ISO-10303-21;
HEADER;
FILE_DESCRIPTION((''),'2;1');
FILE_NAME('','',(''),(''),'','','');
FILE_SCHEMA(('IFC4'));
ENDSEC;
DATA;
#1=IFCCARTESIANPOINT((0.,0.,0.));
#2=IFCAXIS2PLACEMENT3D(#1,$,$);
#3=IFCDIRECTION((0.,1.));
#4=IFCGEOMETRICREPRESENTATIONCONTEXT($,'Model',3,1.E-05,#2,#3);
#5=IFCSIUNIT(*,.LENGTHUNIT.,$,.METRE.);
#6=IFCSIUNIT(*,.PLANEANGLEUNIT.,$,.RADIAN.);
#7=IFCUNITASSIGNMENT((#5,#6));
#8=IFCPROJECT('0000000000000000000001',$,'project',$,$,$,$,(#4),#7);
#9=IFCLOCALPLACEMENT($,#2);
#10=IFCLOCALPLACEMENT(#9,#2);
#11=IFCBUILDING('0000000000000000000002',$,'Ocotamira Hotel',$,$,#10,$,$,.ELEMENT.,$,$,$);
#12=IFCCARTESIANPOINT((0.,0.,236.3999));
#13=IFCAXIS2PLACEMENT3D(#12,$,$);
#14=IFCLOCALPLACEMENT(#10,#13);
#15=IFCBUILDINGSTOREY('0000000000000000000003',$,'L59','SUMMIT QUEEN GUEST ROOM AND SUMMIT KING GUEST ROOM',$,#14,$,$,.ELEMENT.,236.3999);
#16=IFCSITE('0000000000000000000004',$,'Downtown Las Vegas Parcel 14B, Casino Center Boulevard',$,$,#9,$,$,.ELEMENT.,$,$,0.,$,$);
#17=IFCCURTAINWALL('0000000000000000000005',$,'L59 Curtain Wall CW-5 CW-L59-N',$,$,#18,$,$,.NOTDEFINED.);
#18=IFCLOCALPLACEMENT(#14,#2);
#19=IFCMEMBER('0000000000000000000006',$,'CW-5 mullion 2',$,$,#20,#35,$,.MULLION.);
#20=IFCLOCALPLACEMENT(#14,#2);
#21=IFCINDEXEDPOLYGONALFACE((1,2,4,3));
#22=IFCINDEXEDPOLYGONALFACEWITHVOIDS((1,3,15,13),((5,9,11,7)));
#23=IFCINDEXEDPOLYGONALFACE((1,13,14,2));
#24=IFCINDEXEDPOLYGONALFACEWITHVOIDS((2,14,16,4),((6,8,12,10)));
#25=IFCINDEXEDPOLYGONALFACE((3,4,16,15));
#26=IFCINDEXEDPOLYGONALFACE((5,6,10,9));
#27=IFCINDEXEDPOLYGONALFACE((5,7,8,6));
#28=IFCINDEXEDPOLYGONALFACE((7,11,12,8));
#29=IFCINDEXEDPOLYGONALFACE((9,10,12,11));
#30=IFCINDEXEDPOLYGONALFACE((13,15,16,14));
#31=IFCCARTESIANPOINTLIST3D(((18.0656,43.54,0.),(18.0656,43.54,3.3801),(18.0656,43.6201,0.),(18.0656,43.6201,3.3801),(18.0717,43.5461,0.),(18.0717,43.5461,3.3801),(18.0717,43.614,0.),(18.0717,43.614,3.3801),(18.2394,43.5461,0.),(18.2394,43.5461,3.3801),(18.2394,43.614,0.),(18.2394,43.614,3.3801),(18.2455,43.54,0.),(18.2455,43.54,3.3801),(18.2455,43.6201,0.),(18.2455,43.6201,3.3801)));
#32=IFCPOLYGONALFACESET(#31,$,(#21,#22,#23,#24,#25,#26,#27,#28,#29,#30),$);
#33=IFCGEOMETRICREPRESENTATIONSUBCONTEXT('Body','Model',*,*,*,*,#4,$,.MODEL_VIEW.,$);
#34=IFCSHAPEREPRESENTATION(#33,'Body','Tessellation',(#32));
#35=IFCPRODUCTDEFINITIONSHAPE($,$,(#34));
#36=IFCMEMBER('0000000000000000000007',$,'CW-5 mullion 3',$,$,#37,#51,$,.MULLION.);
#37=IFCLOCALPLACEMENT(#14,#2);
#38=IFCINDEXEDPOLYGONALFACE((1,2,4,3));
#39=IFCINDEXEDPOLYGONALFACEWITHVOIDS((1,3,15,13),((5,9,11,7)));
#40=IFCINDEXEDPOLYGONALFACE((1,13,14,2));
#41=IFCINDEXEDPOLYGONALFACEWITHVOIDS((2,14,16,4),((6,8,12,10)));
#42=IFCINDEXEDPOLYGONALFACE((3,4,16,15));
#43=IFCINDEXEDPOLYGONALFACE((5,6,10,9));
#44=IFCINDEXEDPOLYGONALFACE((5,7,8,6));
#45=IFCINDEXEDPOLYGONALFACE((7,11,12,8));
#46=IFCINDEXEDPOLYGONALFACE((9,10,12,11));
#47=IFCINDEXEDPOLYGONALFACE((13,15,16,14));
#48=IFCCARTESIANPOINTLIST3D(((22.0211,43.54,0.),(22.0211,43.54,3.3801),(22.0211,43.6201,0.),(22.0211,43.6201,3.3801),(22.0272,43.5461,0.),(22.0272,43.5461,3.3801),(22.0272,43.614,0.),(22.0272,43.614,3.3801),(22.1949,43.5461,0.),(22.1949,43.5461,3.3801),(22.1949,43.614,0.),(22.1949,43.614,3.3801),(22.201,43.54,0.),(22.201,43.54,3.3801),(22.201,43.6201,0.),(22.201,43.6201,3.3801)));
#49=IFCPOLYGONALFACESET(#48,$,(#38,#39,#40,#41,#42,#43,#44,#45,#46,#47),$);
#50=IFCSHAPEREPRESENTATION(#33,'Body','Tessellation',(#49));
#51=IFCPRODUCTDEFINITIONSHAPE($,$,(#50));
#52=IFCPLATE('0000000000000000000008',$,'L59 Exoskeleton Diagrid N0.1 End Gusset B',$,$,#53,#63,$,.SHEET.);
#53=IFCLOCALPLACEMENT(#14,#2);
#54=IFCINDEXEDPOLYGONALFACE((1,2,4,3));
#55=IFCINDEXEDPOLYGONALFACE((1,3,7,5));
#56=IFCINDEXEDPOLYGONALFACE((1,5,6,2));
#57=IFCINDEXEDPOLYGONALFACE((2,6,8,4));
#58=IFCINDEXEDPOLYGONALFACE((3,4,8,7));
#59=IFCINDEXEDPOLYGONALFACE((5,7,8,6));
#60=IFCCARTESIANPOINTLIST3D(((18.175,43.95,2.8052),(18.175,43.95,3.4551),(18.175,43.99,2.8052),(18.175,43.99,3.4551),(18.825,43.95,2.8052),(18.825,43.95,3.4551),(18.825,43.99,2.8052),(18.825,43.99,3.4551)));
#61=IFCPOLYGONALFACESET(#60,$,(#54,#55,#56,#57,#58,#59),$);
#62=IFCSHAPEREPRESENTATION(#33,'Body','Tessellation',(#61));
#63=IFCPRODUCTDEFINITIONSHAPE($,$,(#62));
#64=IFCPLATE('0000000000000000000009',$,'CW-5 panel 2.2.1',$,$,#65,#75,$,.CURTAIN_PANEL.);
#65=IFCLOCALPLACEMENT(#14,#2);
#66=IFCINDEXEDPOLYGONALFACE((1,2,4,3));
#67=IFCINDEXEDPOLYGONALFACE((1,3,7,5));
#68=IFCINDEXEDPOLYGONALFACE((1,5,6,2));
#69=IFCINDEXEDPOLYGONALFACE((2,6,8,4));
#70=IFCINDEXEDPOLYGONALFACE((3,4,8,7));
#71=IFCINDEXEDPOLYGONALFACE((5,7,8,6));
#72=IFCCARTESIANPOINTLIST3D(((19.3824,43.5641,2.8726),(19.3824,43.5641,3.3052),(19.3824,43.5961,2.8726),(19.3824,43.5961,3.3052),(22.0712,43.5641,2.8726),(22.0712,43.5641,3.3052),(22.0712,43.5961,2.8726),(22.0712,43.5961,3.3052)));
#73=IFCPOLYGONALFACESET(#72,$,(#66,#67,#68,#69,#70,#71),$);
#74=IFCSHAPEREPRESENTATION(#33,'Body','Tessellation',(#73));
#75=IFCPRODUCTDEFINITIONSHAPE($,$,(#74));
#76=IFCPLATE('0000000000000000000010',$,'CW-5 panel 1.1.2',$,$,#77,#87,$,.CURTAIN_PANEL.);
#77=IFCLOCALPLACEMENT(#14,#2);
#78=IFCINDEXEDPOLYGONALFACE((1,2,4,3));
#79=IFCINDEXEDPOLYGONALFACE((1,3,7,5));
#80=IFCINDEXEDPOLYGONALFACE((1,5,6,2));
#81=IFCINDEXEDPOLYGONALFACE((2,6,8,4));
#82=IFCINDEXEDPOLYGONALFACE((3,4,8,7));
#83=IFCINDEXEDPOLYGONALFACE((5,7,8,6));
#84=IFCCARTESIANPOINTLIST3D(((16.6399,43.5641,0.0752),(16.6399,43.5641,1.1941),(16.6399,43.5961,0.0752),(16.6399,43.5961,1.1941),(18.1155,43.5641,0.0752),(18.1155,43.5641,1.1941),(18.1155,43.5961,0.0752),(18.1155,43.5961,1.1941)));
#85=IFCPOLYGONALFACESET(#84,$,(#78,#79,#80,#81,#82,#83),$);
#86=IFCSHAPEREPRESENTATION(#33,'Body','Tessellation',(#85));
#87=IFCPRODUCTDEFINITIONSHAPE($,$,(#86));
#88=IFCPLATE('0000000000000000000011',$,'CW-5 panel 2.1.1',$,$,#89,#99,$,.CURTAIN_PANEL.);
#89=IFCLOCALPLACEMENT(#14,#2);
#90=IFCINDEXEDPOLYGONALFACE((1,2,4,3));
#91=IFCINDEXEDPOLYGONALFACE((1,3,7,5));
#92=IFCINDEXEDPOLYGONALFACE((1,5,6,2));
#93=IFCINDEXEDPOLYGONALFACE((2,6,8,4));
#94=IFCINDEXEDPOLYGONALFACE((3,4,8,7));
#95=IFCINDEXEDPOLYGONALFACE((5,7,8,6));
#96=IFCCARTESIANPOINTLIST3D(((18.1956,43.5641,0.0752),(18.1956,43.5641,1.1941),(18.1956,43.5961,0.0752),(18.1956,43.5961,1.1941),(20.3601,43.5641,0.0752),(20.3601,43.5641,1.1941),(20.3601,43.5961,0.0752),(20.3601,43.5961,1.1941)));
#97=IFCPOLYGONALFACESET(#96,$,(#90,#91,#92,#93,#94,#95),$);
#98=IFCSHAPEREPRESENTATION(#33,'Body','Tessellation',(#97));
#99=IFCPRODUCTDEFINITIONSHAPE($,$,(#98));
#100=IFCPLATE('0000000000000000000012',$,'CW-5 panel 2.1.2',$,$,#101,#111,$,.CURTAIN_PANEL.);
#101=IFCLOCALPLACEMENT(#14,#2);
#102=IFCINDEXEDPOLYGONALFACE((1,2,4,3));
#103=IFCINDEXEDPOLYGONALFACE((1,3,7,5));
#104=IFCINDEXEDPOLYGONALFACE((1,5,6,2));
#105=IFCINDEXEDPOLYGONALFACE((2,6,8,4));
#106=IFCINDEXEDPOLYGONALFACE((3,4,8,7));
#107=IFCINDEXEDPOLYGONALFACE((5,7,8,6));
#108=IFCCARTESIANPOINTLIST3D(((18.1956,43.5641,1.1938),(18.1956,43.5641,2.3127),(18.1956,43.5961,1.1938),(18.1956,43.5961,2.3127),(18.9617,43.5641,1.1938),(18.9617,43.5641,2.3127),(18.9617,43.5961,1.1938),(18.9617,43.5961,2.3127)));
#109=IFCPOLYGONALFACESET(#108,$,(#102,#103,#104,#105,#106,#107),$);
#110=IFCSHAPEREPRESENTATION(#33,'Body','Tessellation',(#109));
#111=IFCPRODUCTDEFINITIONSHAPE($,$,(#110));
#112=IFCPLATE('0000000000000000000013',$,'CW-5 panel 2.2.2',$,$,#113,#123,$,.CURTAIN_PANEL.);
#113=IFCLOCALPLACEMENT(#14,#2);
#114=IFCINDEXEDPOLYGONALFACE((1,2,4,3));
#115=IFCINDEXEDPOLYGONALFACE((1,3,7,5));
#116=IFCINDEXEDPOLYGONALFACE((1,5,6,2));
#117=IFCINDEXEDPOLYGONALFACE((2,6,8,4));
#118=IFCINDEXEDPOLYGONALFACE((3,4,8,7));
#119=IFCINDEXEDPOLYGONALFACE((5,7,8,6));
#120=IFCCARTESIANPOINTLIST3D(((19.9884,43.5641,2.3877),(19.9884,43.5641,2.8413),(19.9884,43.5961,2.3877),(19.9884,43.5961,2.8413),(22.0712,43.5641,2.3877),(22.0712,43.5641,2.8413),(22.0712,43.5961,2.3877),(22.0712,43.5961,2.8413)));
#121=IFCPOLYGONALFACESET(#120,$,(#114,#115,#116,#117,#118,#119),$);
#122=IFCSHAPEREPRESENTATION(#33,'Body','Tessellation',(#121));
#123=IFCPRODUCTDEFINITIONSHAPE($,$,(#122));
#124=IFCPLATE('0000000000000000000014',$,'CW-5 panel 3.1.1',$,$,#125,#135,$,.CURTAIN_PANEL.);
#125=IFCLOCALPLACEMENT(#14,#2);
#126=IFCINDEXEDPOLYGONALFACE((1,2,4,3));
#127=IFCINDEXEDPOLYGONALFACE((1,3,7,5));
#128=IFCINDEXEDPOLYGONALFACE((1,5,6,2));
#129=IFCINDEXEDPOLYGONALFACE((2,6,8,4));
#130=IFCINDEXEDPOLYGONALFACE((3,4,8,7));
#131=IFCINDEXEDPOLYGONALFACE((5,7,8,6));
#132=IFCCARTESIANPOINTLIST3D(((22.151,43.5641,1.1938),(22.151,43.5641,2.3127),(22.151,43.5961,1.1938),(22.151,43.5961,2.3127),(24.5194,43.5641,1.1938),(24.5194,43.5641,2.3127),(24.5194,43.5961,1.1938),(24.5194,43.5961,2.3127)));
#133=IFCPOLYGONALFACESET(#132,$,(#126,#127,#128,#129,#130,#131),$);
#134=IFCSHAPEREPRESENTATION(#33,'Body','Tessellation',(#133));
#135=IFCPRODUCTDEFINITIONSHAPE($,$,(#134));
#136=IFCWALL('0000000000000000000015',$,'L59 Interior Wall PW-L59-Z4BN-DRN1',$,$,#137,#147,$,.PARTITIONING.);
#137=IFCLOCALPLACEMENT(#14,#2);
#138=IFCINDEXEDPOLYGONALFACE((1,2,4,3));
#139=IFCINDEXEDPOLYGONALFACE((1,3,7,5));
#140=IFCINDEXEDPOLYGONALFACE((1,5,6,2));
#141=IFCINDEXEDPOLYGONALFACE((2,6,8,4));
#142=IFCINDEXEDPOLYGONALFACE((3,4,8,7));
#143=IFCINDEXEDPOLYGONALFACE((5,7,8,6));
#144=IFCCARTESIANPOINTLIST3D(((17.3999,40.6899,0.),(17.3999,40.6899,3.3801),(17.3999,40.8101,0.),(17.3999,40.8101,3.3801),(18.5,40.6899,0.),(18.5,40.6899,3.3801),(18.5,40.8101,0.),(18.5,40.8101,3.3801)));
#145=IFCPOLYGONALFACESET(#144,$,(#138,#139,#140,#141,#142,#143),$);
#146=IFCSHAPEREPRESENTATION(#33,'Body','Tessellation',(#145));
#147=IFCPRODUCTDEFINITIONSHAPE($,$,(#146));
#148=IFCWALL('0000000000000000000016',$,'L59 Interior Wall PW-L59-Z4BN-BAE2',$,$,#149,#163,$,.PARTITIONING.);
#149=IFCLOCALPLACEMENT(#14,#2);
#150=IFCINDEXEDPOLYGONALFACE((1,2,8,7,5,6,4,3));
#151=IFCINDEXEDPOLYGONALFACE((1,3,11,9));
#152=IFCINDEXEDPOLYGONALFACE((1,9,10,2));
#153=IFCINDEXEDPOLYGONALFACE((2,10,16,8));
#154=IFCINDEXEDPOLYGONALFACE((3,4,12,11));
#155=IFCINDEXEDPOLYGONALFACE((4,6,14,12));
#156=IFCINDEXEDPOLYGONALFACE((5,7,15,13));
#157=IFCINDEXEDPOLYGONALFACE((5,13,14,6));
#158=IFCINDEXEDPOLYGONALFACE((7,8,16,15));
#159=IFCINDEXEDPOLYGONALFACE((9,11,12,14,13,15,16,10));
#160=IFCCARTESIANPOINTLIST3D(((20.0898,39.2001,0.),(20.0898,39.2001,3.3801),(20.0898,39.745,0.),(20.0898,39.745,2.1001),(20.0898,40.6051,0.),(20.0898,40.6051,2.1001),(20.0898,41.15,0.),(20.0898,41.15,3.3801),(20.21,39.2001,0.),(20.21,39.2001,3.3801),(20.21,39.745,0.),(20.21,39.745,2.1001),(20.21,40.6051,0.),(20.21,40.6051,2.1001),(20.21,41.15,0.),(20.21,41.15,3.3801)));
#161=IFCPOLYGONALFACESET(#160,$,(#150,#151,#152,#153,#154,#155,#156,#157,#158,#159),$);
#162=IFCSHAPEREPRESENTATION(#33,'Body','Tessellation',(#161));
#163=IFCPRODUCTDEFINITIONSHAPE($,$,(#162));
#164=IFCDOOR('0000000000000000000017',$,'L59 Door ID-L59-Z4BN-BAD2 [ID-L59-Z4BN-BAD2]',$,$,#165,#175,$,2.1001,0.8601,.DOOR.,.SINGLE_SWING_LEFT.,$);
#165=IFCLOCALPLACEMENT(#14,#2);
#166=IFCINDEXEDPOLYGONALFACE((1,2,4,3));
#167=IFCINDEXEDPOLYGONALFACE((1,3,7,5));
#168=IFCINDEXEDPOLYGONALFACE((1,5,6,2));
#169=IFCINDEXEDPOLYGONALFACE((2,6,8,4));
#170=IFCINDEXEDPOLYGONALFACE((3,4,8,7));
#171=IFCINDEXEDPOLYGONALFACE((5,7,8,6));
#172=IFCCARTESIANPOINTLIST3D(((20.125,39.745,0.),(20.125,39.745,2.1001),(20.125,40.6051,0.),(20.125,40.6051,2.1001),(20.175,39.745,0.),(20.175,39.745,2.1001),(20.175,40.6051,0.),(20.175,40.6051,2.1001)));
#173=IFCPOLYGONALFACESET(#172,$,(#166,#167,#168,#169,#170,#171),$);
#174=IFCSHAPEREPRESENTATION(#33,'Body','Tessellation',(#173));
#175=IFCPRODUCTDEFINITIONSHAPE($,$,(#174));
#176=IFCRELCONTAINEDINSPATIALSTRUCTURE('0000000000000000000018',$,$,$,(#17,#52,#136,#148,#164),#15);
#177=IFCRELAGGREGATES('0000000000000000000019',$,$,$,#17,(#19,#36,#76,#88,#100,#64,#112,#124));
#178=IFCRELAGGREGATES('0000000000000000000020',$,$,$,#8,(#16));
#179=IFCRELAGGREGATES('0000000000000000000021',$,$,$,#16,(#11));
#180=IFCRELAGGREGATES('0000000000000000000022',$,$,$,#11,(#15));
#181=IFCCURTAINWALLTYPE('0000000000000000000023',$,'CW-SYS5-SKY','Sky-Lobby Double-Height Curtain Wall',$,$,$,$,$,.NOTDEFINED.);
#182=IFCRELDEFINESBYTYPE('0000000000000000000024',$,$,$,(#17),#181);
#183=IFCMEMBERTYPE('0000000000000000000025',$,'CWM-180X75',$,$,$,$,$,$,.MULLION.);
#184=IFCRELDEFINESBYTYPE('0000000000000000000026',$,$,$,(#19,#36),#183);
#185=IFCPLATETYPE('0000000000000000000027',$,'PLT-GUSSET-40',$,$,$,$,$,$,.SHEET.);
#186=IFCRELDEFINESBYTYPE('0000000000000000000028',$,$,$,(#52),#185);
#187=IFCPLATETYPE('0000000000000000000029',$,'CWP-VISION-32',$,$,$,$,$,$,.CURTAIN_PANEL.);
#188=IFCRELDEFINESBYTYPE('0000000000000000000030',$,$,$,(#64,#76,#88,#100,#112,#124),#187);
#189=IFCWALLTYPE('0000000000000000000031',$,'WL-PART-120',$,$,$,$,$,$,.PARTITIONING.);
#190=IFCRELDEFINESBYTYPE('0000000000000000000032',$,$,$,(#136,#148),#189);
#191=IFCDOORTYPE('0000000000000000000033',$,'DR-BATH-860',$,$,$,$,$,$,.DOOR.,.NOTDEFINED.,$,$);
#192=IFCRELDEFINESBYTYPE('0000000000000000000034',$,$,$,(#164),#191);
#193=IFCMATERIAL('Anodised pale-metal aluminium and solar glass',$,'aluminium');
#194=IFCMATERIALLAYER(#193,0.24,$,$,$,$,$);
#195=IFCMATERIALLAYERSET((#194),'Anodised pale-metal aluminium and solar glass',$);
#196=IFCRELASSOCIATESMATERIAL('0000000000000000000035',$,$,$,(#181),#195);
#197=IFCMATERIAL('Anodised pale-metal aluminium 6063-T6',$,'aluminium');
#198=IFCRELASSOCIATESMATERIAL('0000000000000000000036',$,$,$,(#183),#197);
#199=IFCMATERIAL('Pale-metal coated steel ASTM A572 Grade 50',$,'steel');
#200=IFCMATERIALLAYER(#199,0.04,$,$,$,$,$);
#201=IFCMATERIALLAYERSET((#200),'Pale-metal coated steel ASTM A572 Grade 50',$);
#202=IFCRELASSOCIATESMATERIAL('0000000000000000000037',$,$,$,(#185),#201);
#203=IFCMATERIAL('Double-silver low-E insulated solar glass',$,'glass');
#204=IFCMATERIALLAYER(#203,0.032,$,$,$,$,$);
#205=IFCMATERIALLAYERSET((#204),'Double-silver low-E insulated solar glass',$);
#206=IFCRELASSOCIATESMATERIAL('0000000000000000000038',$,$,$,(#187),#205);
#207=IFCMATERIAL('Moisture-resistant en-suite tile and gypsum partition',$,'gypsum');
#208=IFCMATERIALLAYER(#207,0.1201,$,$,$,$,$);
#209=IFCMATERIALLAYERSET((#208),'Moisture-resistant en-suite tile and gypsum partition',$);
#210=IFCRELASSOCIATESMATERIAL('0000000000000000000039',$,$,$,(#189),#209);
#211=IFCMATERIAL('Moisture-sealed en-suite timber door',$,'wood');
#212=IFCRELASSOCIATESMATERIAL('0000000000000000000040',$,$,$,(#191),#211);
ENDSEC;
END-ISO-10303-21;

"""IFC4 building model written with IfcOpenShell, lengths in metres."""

from ifc_helpers import new_model, si_unit, direction, frame, frame_2d, origin, origin_2d, place, context, subcontext, project, spatial, rectangle, hollow_rectangle, extrude, source, transform, mapped, material, layer, layer_set, material_profile, profile_set, type_object, element, fill, aggregate, save


model = new_model("IFC4")

# Units and contexts
model_context = context("Model", 3, precision=1e-05, world=origin(), true_north=direction((0.0, 1.0)))
body_context = subcontext(model_context, "Body", "Model", "MODEL_VIEW")
ifc_project = project(units=[si_unit("LENGTHUNIT", "METRE"), si_unit("PLANEANGLEUNIT", "RADIAN")], contexts=[model_context])

# Site, building, storey
site_placement = place(None, origin())
site = spatial("IfcSite", under=ifc_project, at=site_placement, Name="Downtown Las Vegas Parcel 14B, Casino Center Boulevard", CompositionType="ELEMENT", RefElevation=0.0)
building_placement = place(site_placement, origin())
building = spatial("IfcBuilding", under=site, at=building_placement, Name="Ocotamira Hotel", CompositionType="ELEMENT")
storey_placement = place(building_placement, frame((0.0, 0.0, 236.3999)))
storey = spatial("IfcBuildingStorey", under=building, at=storey_placement, Name="L59", Description="SUMMIT QUEEN GUEST ROOM AND SUMMIT KING GUEST ROOM", CompositionType="ELEMENT", Elevation=236.3999)

# Curtain wall, members
ifc_material_1 = material(Name="Anodised pale-metal aluminium and solar glass", Category="aluminium")
ifc_layer_1 = layer(ifc_material_1, 0.24)
ifc_layer_set_1 = layer_set([ifc_layer_1], Name="Anodised pale-metal aluminium and solar glass")
curtain_wall_type = type_object("IfcCurtainWallType", Name="CW-SYS5-SKY", Description="Sky-Lobby Double-Height Curtain Wall", PredefinedType="NOTDEFINED", material=ifc_layer_set_1)
curtain_wall_placement = place(storey_placement, origin())
curtain_wall = element("IfcCurtainWall", 1, at=curtain_wall_placement, inside=storey, type_object=curtain_wall_type, Name="L59 Curtain Wall CW-5 CW-L59-N", PredefinedType="NOTDEFINED")
ifc_material_2 = material(Name="Anodised pale-metal aluminium 6063-T6", Category="aluminium")
ifc_material_profile_1 = material_profile(ifc_material_2, hollow_rectangle(XDim=0.0801, YDim=0.1799, WallThickness=0.0061, at=origin_2d()), Name="HSS180X80X6")
ifc_profile_set_1 = profile_set([ifc_material_profile_1], Name="Anodised pale-metal aluminium 6063-T6")
member_type_1 = type_object("IfcMemberType", Name="CWM-180X75", PredefinedType="MULLION", material=ifc_profile_set_1)
shared_shape_1 = source(origin(), body_context, "Body", "SweptSolid", [
    extrude(hollow_rectangle(XDim=0.0801, YDim=0.1799, WallThickness=0.0061, at=origin_2d()), origin(), (0.0, 0.0, 1.0), 3.3801),
])
member_1_placement = place(storey_placement, frame((18.1555, 43.5801, 0.0), z_axis=(0.0, 0.0, 1.0), x_axis=(0.0, 1.0, 0.0)))
member_1 = element("IfcMember", 2, at=member_1_placement, type_object=member_type_1, Name="CW-5 mullion 2", PredefinedType="MULLION", context=body_context, shape_type="MappedRepresentation", body=[
    mapped(shared_shape_1, transform((0.0, 0.0, 0.0), scale=1.0)),
])
member_2_placement = place(storey_placement, frame((22.1111, 43.5801, 0.0), z_axis=(0.0, 0.0, 1.0), x_axis=(0.0, 1.0, 0.0)))
member_2 = element("IfcMember", 3, at=member_2_placement, type_object=member_type_1, Name="CW-5 mullion 3", PredefinedType="MULLION", context=body_context, shape_type="MappedRepresentation", body=[
    mapped(shared_shape_1, transform((0.0, 0.0, 0.0), scale=1.0)),
])

# Plates
ifc_material_3 = material(Name="Pale-metal coated steel ASTM A572 Grade 50", Category="steel")
ifc_layer_2 = layer(ifc_material_3, 0.04)
ifc_layer_set_2 = layer_set([ifc_layer_2], Name="Pale-metal coated steel ASTM A572 Grade 50")
plate_type_1 = type_object("IfcPlateType", Name="PLT-GUSSET-40", PredefinedType="SHEET", material=ifc_layer_set_2)
shared_shape_2 = source(origin(), body_context, "Body", "SweptSolid", [
    extrude(rectangle(XDim=0.6499, YDim=0.04, at=origin_2d()), origin(), (0.0, 0.0, 1.0), 0.6499),
])
plate_1_placement = place(storey_placement, frame((18.5, 43.97, 2.8052), z_axis=(0.0, 0.0, 1.0), x_axis=(1.0, 0.0, 0.0)))
element("IfcPlate", 4, at=plate_1_placement, inside=storey, type_object=plate_type_1, Name="L59 Exoskeleton Diagrid N0.1 End Gusset B", PredefinedType="SHEET", context=body_context, shape_type="MappedRepresentation", body=[
    mapped(shared_shape_2, transform((0.0, 0.0, 0.0), scale=1.0)),
])
ifc_material_4 = material(Name="Double-silver low-E insulated solar glass", Category="glass")
ifc_layer_3 = layer(ifc_material_4, 0.032)
ifc_layer_set_3 = layer_set([ifc_layer_3], Name="Double-silver low-E insulated solar glass")
plate_type_2 = type_object("IfcPlateType", Name="CWP-VISION-32", PredefinedType="CURTAIN_PANEL", material=ifc_layer_set_3)
shared_shape_3 = source(origin(), body_context, "Body", "SweptSolid", [
    extrude(rectangle(XDim=2.6887, YDim=0.032, at=origin_2d()), origin(), (0.0, 0.0, 1.0), 0.4326),
])
plate_2_placement = place(storey_placement, frame((20.7268, 43.5801, 2.8726), z_axis=(0.0, 0.0, 1.0), x_axis=(1.0, 0.0, 0.0)))
plate_2 = element("IfcPlate", 5, at=plate_2_placement, type_object=plate_type_2, Name="CW-5 panel 2.2.1", PredefinedType="CURTAIN_PANEL", context=body_context, shape_type="MappedRepresentation", body=[
    mapped(shared_shape_3, transform((0.0, 0.0, 0.0), scale=1.0)),
])
shared_shape_4 = source(origin(), body_context, "Body", "SweptSolid", [
    extrude(rectangle(XDim=1.4756, YDim=0.032, at=origin_2d()), origin(), (0.0, 0.0, 1.0), 1.1189),
])
plate_3_placement = place(storey_placement, frame((17.3777, 43.5801, 0.0752), z_axis=(0.0, 0.0, 1.0), x_axis=(1.0, 0.0, 0.0)))
plate_3 = element("IfcPlate", 6, at=plate_3_placement, type_object=plate_type_2, Name="CW-5 panel 1.1.2", PredefinedType="CURTAIN_PANEL", context=body_context, shape_type="MappedRepresentation", body=[
    mapped(shared_shape_4, transform((0.0, 0.0, 0.0), scale=1.0)),
])
shared_shape_5 = source(origin(), body_context, "Body", "SweptSolid", [
    extrude(rectangle(XDim=2.1646, YDim=0.032, at=origin_2d()), origin(), (0.0, 0.0, 1.0), 1.1189),
])
plate_4_placement = place(storey_placement, frame((19.2778, 43.5801, 0.0752), z_axis=(0.0, 0.0, 1.0), x_axis=(1.0, 0.0, 0.0)))
plate_4 = element("IfcPlate", 7, at=plate_4_placement, type_object=plate_type_2, Name="CW-5 panel 2.1.1", PredefinedType="CURTAIN_PANEL", context=body_context, shape_type="MappedRepresentation", body=[
    mapped(shared_shape_5, transform((0.0, 0.0, 0.0), scale=1.0)),
])
shared_shape_6 = source(origin(), body_context, "Body", "SweptSolid", [
    extrude(rectangle(XDim=0.7661, YDim=0.032, at=origin_2d()), origin(), (0.0, 0.0, 1.0), 1.1189),
])
plate_5_placement = place(storey_placement, frame((18.5786, 43.5801, 1.1938), z_axis=(0.0, 0.0, 1.0), x_axis=(1.0, 0.0, 0.0)))
plate_5 = element("IfcPlate", 8, at=plate_5_placement, type_object=plate_type_2, Name="CW-5 panel 2.1.2", PredefinedType="CURTAIN_PANEL", context=body_context, shape_type="MappedRepresentation", body=[
    mapped(shared_shape_6, transform((0.0, 0.0, 0.0), scale=1.0)),
])
shared_shape_7 = source(origin(), body_context, "Body", "SweptSolid", [
    extrude(rectangle(XDim=2.0828, YDim=0.032, at=origin_2d()), origin(), (0.0, 0.0, 1.0), 0.4536),
])
plate_6_placement = place(storey_placement, frame((21.0298, 43.5801, 2.3877), z_axis=(0.0, 0.0, 1.0), x_axis=(1.0, 0.0, 0.0)))
plate_6 = element("IfcPlate", 9, at=plate_6_placement, type_object=plate_type_2, Name="CW-5 panel 2.2.2", PredefinedType="CURTAIN_PANEL", context=body_context, shape_type="MappedRepresentation", body=[
    mapped(shared_shape_7, transform((0.0, 0.0, 0.0), scale=1.0)),
])
shared_shape_8 = source(origin(), body_context, "Body", "SweptSolid", [
    extrude(rectangle(XDim=2.3684, YDim=0.032, at=origin_2d()), origin(), (0.0, 0.0, 1.0), 1.1189),
])
plate_7_placement = place(storey_placement, frame((23.3352, 43.5801, 1.1938), z_axis=(0.0, 0.0, 1.0), x_axis=(1.0, 0.0, 0.0)))
plate_7 = element("IfcPlate", 10, at=plate_7_placement, type_object=plate_type_2, Name="CW-5 panel 3.1.1", PredefinedType="CURTAIN_PANEL", context=body_context, shape_type="MappedRepresentation", body=[
    mapped(shared_shape_8, transform((0.0, 0.0, 0.0), scale=1.0)),
])
aggregate(curtain_wall, [member_1, member_2, plate_3, plate_4, plate_5, plate_2, plate_6, plate_7])

# Wall
ifc_material_5 = material(Name="Moisture-resistant en-suite tile and gypsum partition", Category="gypsum")
ifc_layer_4 = layer(ifc_material_5, 0.1201)
ifc_layer_set_4 = layer_set([ifc_layer_4], Name="Moisture-resistant en-suite tile and gypsum partition")
wall_type_1 = type_object("IfcWallType", Name="WL-PART-120", PredefinedType="PARTITIONING", material=ifc_layer_set_4)
wall_1_placement = place(storey_placement, frame((17.3999, 40.75, 0.0), z_axis=(0.0, 0.0, 1.0), x_axis=(1.0, 0.0, 0.0)))
element("IfcWall", 11, at=wall_1_placement, inside=storey, type_object=wall_type_1, Name="L59 Interior Wall PW-L59-Z4BN-DRN1", PredefinedType="PARTITIONING", context=body_context, shape_type="SweptSolid", body=[
    extrude(rectangle(XDim=1.1001, YDim=0.1201, at=frame_2d((0.55, 0.0))), origin(), (0.0, 0.0, 1.0), 3.3801),
])

# Wall, opening, door
wall_2_placement = place(storey_placement, frame((20.1499, 39.2, 0.0), z_axis=(0.0, 0.0, 1.0), x_axis=(0.0, 1.0, 0.0)))
wall_2 = element("IfcWall", 12, at=wall_2_placement, inside=storey, type_object=wall_type_1, Name="L59 Interior Wall PW-L59-Z4BN-BAE2", PredefinedType="PARTITIONING", context=body_context, shape_type="SweptSolid", body=[
    extrude(rectangle(XDim=1.95, YDim=0.1201, at=frame_2d((0.9751, 0.0))), origin(), (0.0, 0.0, 1.0), 3.3801),
])
opening_placement = place(wall_2_placement, frame((0.5449, 0.0, 0.0)))
opening = element("IfcOpeningElement", 13, at=opening_placement, cuts=wall_2, PredefinedType="OPENING", context=body_context, shape_type="SweptSolid", body=[
    extrude(rectangle(XDim=0.8601, YDim=2.1001, at=frame_2d((0.4302, 1.05))), frame((0.0, 0.0701, 0.0), z_axis=(0.0, -1.0, 0.0), x_axis=(1.0, 0.0, 0.0)), (0.0, 0.0, 1.0), 0.1401),
])
ifc_material_6 = material(Name="Moisture-sealed en-suite timber door", Category="wood")
door_type = type_object("IfcDoorType", Name="DR-BATH-860", OperationType="NOTDEFINED", PredefinedType="DOOR", material=ifc_material_6)
shared_shape_9 = source(origin(), body_context, "Body", "SweptSolid", [
    extrude(rectangle(XDim=0.8601, YDim=2.1001, at=frame_2d((0.4302, 1.05))), frame((0.0, 0.0249, 0.0), z_axis=(0.0, -1.0, 0.0), x_axis=(1.0, 0.0, 0.0)), (0.0, 0.0, 1.0), 0.05),
])
door_placement = place(opening_placement, origin())
door = element("IfcDoor", 14, at=door_placement, inside=storey, type_object=door_type, Name="L59 Door ID-L59-Z4BN-BAD2 [ID-L59-Z4BN-BAD2]", OperationType="SINGLE_SWING_LEFT", OverallHeight=2.1001, OverallWidth=0.8601, PredefinedType="DOOR", context=body_context, shape_type="MappedRepresentation", body=[
    mapped(shared_shape_9, transform((0.0, 0.0, 0.0), scale=1.0)),
])
fill(opening, door)

save(model, "model.ifc")
